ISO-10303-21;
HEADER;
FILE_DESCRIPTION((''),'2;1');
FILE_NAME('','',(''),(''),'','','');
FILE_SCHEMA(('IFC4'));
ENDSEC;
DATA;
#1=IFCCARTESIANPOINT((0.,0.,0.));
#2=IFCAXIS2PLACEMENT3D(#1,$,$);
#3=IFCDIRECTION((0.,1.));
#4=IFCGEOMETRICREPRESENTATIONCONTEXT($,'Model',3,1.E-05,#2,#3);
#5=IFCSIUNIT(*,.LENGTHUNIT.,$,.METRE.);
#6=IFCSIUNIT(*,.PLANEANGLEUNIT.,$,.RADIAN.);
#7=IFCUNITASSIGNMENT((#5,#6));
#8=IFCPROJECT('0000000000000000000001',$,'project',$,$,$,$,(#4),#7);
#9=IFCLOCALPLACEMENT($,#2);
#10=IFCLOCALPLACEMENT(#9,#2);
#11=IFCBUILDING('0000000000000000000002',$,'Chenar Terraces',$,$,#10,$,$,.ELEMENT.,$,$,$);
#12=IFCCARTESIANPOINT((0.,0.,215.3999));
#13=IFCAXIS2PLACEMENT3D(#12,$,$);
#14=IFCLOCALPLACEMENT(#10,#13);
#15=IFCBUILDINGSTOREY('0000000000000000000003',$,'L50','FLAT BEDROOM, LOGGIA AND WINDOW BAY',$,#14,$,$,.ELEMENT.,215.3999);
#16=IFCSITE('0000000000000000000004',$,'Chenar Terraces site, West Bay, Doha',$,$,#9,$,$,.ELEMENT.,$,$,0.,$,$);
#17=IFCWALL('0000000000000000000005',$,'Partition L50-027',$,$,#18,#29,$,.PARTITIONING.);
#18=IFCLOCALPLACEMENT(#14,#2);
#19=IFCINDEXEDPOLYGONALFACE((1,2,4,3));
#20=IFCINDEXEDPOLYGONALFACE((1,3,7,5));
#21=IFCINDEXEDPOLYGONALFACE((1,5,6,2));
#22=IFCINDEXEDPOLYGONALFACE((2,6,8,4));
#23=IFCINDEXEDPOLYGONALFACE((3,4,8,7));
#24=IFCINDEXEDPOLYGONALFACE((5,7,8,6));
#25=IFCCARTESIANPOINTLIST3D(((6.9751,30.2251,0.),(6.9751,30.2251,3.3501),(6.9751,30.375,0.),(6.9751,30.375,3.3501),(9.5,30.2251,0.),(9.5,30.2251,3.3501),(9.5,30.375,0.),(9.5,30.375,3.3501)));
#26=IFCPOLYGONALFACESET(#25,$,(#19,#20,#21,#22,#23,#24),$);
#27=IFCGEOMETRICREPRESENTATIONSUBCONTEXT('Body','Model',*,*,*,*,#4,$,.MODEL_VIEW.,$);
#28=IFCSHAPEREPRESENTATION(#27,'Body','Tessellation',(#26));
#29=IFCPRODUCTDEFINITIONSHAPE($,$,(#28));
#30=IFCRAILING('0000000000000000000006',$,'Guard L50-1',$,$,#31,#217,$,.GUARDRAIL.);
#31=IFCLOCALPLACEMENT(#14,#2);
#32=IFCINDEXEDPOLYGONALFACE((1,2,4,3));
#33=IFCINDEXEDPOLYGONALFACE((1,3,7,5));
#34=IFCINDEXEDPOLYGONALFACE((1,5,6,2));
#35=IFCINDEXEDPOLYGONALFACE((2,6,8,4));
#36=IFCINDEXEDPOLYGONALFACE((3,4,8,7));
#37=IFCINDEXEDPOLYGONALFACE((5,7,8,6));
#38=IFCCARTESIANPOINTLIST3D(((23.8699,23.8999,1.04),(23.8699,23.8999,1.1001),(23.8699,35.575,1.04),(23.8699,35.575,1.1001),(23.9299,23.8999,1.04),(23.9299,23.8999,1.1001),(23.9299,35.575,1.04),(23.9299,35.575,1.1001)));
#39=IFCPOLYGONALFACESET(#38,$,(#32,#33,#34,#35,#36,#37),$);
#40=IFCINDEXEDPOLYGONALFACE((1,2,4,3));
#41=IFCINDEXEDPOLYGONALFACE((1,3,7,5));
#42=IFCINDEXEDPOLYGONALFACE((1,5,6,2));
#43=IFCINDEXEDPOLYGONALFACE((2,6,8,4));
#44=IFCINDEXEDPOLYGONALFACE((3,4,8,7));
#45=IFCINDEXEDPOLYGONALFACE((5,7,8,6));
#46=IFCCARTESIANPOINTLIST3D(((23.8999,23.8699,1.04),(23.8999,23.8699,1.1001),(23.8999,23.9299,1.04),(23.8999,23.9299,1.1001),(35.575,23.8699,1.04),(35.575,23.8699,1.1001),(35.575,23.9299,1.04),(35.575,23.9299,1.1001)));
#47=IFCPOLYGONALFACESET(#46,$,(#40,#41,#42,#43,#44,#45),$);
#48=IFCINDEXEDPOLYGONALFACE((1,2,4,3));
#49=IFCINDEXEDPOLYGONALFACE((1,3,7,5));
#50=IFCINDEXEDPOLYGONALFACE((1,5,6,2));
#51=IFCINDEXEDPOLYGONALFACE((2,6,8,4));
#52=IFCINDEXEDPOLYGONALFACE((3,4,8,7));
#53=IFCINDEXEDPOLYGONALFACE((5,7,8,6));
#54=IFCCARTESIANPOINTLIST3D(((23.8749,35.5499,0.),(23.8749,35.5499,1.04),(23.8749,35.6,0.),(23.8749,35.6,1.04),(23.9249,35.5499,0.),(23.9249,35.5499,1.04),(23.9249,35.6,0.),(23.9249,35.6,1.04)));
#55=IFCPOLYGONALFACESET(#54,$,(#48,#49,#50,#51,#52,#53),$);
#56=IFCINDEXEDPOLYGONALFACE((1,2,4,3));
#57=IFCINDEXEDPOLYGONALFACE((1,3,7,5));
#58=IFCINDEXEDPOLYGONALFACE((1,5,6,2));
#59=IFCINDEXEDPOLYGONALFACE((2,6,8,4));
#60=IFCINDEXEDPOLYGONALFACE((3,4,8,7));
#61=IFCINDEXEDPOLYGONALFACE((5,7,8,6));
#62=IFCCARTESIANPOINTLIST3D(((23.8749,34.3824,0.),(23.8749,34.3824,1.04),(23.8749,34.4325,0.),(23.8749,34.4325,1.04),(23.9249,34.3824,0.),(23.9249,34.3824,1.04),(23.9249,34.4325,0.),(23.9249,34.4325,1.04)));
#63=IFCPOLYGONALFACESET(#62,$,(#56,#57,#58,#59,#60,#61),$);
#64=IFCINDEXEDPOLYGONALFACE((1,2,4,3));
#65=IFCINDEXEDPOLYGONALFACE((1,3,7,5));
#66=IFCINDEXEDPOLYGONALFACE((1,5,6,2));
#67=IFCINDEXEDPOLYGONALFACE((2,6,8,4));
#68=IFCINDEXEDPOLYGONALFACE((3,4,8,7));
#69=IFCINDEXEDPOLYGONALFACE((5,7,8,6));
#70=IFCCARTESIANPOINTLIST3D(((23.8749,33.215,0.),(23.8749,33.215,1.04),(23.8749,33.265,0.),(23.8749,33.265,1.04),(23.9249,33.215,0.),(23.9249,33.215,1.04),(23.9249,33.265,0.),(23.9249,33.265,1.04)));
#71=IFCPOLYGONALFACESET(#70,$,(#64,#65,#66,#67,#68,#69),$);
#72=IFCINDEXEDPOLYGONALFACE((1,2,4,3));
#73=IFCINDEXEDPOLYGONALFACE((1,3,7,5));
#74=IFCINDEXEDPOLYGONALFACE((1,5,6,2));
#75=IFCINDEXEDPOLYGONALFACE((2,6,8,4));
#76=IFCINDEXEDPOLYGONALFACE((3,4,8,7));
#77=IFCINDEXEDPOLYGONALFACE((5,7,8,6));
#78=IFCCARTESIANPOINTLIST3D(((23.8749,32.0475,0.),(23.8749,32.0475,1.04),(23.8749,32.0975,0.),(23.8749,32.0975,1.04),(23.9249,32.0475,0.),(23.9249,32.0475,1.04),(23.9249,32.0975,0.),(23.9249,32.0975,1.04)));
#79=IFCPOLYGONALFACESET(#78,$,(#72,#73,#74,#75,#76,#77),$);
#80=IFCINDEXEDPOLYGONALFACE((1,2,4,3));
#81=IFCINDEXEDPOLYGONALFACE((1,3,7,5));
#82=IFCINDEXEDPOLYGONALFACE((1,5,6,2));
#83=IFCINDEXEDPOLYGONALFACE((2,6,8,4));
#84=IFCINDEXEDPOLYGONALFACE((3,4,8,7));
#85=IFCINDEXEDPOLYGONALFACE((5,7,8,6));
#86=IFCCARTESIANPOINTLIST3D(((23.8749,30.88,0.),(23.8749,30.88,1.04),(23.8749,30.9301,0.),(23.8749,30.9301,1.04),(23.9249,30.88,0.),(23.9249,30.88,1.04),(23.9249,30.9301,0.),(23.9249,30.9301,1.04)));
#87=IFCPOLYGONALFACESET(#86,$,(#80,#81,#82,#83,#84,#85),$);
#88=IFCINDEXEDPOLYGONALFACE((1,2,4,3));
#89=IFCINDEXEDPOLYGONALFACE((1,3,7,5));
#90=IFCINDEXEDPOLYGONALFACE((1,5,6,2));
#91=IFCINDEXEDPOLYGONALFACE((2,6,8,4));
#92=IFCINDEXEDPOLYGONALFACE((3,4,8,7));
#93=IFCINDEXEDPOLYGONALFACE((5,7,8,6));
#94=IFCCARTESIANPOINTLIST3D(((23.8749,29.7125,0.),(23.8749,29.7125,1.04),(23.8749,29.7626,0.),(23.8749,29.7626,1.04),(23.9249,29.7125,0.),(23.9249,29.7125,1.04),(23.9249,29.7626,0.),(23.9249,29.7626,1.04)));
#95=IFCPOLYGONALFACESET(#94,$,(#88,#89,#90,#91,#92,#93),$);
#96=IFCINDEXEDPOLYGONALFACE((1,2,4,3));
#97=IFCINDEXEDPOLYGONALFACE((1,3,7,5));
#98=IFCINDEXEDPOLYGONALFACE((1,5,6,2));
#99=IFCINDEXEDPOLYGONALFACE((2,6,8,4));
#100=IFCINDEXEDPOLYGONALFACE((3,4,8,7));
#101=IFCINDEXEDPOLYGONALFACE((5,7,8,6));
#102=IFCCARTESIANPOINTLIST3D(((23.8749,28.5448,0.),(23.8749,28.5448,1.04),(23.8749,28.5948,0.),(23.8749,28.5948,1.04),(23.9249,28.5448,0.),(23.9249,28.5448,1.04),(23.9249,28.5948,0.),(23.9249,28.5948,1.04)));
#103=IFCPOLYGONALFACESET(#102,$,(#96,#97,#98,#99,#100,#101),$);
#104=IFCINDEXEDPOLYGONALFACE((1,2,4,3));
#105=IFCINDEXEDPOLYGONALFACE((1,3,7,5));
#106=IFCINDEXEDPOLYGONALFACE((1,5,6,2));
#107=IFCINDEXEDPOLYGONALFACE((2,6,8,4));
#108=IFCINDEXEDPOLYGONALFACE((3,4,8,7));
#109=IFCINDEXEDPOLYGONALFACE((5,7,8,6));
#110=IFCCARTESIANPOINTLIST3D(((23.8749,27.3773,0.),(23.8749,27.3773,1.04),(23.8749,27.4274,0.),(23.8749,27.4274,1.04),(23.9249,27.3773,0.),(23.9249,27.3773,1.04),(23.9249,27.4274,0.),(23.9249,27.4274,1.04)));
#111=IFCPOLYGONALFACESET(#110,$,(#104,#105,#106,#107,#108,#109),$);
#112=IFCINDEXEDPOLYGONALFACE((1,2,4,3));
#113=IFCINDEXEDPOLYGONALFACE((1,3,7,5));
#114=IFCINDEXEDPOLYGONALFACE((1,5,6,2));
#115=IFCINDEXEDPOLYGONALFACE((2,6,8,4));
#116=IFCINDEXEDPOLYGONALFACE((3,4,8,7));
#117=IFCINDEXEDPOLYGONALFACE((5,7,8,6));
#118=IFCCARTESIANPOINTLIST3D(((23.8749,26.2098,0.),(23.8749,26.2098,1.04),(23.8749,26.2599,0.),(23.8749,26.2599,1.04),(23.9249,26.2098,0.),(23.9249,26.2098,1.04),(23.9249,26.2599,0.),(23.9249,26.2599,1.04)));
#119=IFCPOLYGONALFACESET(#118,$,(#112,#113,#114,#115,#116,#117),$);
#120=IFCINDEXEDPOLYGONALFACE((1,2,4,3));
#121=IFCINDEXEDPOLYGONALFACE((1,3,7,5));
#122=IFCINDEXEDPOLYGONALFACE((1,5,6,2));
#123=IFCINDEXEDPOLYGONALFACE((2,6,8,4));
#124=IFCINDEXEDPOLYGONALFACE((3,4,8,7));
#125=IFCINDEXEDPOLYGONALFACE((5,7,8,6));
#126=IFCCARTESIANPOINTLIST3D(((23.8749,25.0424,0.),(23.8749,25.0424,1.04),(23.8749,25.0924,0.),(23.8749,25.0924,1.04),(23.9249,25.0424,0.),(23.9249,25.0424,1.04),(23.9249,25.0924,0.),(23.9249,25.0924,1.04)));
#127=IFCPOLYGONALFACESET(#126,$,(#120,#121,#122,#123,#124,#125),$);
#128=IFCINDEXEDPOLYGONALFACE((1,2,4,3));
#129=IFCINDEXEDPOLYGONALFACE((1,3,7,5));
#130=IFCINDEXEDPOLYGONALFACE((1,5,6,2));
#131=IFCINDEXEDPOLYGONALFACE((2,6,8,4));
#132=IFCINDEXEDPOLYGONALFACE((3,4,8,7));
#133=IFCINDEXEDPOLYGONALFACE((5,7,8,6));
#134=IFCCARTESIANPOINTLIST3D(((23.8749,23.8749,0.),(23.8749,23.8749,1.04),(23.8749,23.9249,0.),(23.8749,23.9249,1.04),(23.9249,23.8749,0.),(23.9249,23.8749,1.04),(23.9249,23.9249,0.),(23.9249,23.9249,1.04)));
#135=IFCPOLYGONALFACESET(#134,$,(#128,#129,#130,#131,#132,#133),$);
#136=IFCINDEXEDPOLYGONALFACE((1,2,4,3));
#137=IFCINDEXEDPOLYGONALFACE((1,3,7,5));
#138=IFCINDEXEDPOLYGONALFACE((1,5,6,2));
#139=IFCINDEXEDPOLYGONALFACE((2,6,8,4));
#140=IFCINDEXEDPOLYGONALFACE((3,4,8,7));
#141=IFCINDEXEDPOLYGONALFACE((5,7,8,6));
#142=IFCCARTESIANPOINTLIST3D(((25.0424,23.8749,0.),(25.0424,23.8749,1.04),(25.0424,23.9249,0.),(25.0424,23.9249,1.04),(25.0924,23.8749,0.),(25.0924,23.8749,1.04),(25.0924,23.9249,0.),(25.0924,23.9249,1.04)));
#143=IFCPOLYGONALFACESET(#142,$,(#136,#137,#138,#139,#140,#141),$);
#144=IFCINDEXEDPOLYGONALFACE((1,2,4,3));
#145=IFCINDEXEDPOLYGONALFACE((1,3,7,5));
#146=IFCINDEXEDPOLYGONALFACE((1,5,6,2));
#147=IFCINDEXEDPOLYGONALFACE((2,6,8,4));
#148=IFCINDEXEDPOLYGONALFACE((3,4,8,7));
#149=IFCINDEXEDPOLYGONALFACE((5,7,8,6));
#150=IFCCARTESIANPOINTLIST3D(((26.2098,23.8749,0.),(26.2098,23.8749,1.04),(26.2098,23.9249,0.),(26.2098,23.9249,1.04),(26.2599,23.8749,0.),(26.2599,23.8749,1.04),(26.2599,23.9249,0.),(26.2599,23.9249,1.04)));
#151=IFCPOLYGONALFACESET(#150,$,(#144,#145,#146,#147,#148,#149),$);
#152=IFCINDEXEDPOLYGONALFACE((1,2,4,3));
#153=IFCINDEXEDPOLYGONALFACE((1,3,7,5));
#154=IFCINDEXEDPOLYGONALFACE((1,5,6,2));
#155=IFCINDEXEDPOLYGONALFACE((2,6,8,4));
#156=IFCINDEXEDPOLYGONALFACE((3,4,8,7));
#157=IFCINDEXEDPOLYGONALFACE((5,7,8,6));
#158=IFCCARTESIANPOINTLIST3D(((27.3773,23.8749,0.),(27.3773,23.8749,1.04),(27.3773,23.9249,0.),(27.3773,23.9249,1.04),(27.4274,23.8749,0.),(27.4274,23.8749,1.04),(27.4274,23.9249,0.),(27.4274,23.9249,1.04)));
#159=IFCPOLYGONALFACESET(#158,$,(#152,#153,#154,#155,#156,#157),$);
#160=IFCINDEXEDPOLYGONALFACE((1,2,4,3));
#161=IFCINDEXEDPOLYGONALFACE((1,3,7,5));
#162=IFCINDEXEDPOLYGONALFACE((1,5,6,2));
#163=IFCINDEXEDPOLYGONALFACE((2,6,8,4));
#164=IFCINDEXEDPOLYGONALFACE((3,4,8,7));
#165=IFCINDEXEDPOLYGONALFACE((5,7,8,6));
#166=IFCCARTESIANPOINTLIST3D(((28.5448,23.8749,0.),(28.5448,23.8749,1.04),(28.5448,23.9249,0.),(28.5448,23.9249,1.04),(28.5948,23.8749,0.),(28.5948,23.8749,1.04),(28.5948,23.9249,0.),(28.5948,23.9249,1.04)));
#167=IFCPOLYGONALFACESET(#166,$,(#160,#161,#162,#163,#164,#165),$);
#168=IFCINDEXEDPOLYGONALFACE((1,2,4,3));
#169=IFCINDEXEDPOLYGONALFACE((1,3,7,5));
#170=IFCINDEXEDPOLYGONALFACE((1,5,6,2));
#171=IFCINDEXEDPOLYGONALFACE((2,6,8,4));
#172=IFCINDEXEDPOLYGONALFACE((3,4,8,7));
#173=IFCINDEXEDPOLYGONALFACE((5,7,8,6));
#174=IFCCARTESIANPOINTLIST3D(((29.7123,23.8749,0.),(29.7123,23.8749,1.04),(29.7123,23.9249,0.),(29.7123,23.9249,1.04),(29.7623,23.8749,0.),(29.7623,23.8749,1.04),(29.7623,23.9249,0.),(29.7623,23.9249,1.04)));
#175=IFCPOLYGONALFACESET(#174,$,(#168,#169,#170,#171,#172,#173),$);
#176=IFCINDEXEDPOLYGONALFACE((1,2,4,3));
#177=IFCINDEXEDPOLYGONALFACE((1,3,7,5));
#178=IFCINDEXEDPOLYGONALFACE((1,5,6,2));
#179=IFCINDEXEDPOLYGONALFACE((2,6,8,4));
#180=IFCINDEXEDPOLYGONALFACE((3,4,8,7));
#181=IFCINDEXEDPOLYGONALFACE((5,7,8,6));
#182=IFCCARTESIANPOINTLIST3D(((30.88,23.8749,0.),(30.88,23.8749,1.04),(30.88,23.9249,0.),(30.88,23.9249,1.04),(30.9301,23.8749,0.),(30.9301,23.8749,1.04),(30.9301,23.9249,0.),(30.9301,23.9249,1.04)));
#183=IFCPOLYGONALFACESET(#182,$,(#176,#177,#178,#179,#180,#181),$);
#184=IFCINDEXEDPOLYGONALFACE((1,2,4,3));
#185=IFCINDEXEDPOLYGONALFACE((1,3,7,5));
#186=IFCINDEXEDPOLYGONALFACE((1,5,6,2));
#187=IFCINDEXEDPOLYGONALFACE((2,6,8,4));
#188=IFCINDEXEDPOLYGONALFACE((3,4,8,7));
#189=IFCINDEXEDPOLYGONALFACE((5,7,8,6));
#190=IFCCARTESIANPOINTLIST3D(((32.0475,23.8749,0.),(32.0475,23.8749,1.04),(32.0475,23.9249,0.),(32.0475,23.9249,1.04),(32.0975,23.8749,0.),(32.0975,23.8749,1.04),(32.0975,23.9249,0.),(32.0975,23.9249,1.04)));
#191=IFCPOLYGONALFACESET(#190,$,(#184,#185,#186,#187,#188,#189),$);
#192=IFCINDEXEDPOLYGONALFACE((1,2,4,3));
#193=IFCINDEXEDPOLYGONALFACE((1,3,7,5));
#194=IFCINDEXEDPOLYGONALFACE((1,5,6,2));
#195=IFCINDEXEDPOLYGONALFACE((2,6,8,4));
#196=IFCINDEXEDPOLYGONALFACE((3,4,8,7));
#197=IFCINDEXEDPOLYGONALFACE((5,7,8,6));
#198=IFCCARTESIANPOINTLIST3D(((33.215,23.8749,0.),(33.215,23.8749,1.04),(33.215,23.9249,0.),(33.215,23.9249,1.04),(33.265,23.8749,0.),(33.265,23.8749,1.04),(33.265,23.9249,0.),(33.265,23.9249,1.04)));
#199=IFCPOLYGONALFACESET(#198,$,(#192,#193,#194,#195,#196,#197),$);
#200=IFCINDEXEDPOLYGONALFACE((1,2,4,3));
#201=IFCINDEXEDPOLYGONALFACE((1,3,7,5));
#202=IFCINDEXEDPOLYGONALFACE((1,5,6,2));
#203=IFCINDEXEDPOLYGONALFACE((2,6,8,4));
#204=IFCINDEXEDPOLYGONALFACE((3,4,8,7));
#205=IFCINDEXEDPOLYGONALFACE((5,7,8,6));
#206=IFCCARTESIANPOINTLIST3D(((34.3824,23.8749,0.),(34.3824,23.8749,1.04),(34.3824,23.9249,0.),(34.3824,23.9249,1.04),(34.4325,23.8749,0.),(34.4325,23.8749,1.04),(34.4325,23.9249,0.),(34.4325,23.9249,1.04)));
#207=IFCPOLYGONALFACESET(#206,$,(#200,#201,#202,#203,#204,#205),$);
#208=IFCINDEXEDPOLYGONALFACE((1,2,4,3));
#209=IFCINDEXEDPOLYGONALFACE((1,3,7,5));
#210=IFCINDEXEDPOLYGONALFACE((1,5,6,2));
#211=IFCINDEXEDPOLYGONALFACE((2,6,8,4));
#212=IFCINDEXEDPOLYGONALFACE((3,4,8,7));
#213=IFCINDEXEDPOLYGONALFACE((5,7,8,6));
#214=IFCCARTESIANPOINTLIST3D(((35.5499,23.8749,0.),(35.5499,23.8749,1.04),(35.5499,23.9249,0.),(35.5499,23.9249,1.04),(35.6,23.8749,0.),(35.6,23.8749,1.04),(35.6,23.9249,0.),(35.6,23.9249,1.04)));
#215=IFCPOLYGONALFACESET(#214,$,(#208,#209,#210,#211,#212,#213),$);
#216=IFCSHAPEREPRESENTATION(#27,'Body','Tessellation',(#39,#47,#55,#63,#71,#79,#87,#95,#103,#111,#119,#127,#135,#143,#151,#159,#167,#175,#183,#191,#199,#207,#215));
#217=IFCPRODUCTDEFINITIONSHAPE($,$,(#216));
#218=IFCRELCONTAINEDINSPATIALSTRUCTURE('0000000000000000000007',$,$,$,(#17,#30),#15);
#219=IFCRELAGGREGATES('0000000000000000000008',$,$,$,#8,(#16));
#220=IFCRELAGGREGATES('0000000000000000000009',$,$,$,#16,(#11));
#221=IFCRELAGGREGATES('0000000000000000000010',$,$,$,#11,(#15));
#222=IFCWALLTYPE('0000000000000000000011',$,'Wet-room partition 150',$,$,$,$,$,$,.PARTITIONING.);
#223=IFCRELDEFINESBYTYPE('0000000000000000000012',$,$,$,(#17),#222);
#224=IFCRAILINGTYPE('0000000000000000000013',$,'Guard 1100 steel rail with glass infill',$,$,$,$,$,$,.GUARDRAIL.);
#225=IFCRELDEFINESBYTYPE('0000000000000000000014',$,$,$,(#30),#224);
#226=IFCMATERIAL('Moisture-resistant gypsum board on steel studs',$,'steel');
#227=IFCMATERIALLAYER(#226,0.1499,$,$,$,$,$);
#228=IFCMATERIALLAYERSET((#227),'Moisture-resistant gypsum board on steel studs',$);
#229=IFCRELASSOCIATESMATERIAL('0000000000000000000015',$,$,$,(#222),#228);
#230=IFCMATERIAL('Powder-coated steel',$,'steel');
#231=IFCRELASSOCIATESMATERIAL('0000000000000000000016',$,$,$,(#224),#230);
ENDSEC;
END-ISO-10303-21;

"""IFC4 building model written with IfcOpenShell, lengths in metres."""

from ifc_helpers import new_model, si_unit, direction, frame, frame_2d, origin, origin_2d, place, context, subcontext, project, spatial, rectangle, extrude, material, layer, layer_set, type_object, element, save


model = new_model("IFC4")

# Units and contexts
model_context = context("Model", 3, precision=1e-05, world=origin(), true_north=direction((0.0, 1.0)))
body_context = subcontext(model_context, "Body", "Model", "MODEL_VIEW")
ifc_project = project(units=[si_unit("LENGTHUNIT", "METRE"), si_unit("PLANEANGLEUNIT", "RADIAN")], contexts=[model_context])

# Site, building, storey
site_placement = place(None, origin())
site = spatial("IfcSite", under=ifc_project, at=site_placement, Name="Chenar Terraces site, West Bay, Doha", CompositionType="ELEMENT", RefElevation=0.0)
building_placement = place(site_placement, origin())
building = spatial("IfcBuilding", under=site, at=building_placement, Name="Chenar Terraces", CompositionType="ELEMENT")
storey_placement = place(building_placement, frame((0.0, 0.0, 215.3999)))
storey = spatial("IfcBuildingStorey", under=building, at=storey_placement, Name="L50", Description="FLAT BEDROOM, LOGGIA AND WINDOW BAY", CompositionType="ELEMENT", Elevation=215.3999)

# Wall
ifc_material_1 = material(Name="Moisture-resistant gypsum board on steel studs", Category="steel")
ifc_layer_1 = layer(ifc_material_1, 0.1499)
ifc_layer_set_1 = layer_set([ifc_layer_1], Name="Moisture-resistant gypsum board on steel studs")
wall_type_1 = type_object("IfcWallType", Name="Wet-room partition 150", PredefinedType="PARTITIONING", material=ifc_layer_set_1)
wall_1_placement = place(storey_placement, frame((6.9751, 30.3, 0.0), z_axis=(0.0, 0.0, 1.0), x_axis=(1.0, 0.0, 0.0)))
element("IfcWall", 1, at=wall_1_placement, inside=storey, type_object=wall_type_1, Name="Partition L50-027", PredefinedType="PARTITIONING", context=body_context, shape_type="SweptSolid", body=[
    extrude(rectangle(XDim=2.5249, YDim=0.1499, at=frame_2d((1.2625, 0.0))), origin(), (0.0, 0.0, 1.0), 3.3501),
])

# Railing
ifc_material_2 = material(Name="Powder-coated steel", Category="steel")
railing_type = type_object("IfcRailingType", Name="Guard 1100 steel rail with glass infill", PredefinedType="GUARDRAIL", material=ifc_material_2)
railing_placement = place(storey_placement, frame((23.8999, 35.575, 0.0)))
element("IfcRailing", 2, at=railing_placement, inside=storey, type_object=railing_type, Name="Guard L50-1", PredefinedType="GUARDRAIL", context=body_context, shape_type="SweptSolid", body=[
    extrude(rectangle(XDim=0.0601, YDim=0.0601, at=origin_2d()), frame((0.0, 0.0, 1.0701), z_axis=(0.0, -1.0, 0.0), x_axis=(1.0, 0.0, 0.0)), (0.0, 0.0, 1.0), 11.675),
    extrude(rectangle(XDim=0.0601, YDim=0.0601, at=origin_2d()), frame((0.0, -11.675, 1.0701), z_axis=(1.0, 0.0, 0.0), x_axis=(0.0, 1.0, 0.0)), (0.0, 0.0, 1.0), 11.675),
    extrude(rectangle(XDim=0.05, YDim=0.05, at=origin_2d()), origin(), (0.0, 0.0, 1.0), 1.04),
    extrude(rectangle(XDim=0.05, YDim=0.05, at=origin_2d()), frame((0.0, -1.1675, 0.0)), (0.0, 0.0, 1.0), 1.04),
    extrude(rectangle(XDim=0.05, YDim=0.05, at=origin_2d()), frame((0.0, -2.335, 0.0)), (0.0, 0.0, 1.0), 1.04),
    extrude(rectangle(XDim=0.05, YDim=0.05, at=origin_2d()), frame((0.0, -3.5024, 0.0)), (0.0, 0.0, 1.0), 1.04),
    extrude(rectangle(XDim=0.05, YDim=0.05, at=origin_2d()), frame((0.0, -4.6699, 0.0)), (0.0, 0.0, 1.0), 1.04),
    extrude(rectangle(XDim=0.05, YDim=0.05, at=origin_2d()), frame((0.0, -5.8374, 0.0)), (0.0, 0.0, 1.0), 1.04),
    extrude(rectangle(XDim=0.05, YDim=0.05, at=origin_2d()), frame((0.0, -7.0051, 0.0)), (0.0, 0.0, 1.0), 1.04),
    extrude(rectangle(XDim=0.05, YDim=0.05, at=origin_2d()), frame((0.0, -8.1726, 0.0)), (0.0, 0.0, 1.0), 1.04),
    extrude(rectangle(XDim=0.05, YDim=0.05, at=origin_2d()), frame((0.0, -9.3401, 0.0)), (0.0, 0.0, 1.0), 1.04),
    extrude(rectangle(XDim=0.05, YDim=0.05, at=origin_2d()), frame((0.0, -10.5076, 0.0)), (0.0, 0.0, 1.0), 1.04),
    extrude(rectangle(XDim=0.05, YDim=0.05, at=origin_2d()), frame((0.0, -11.675, 0.0)), (0.0, 0.0, 1.0), 1.04),
    extrude(rectangle(XDim=0.05, YDim=0.05, at=origin_2d()), frame((1.1675, -11.675, 0.0)), (0.0, 0.0, 1.0), 1.04),
    extrude(rectangle(XDim=0.05, YDim=0.05, at=origin_2d()), frame((2.335, -11.675, 0.0)), (0.0, 0.0, 1.0), 1.04),
    extrude(rectangle(XDim=0.05, YDim=0.05, at=origin_2d()), frame((3.5024, -11.675, 0.0)), (0.0, 0.0, 1.0), 1.04),
    extrude(rectangle(XDim=0.05, YDim=0.05, at=origin_2d()), frame((4.6699, -11.675, 0.0)), (0.0, 0.0, 1.0), 1.04),
    extrude(rectangle(XDim=0.05, YDim=0.05, at=origin_2d()), frame((5.8374, -11.675, 0.0)), (0.0, 0.0, 1.0), 1.04),
    extrude(rectangle(XDim=0.05, YDim=0.05, at=origin_2d()), frame((7.0051, -11.675, 0.0)), (0.0, 0.0, 1.0), 1.04),
    extrude(rectangle(XDim=0.05, YDim=0.05, at=origin_2d()), frame((8.1726, -11.675, 0.0)), (0.0, 0.0, 1.0), 1.04),
    extrude(rectangle(XDim=0.05, YDim=0.05, at=origin_2d()), frame((9.3401, -11.675, 0.0)), (0.0, 0.0, 1.0), 1.04),
    extrude(rectangle(XDim=0.05, YDim=0.05, at=origin_2d()), frame((10.5076, -11.675, 0.0)), (0.0, 0.0, 1.0), 1.04),
    extrude(rectangle(XDim=0.05, YDim=0.05, at=origin_2d()), frame((11.675, -11.675, 0.0)), (0.0, 0.0, 1.0), 1.04),
])

save(model, "model.ifc")
